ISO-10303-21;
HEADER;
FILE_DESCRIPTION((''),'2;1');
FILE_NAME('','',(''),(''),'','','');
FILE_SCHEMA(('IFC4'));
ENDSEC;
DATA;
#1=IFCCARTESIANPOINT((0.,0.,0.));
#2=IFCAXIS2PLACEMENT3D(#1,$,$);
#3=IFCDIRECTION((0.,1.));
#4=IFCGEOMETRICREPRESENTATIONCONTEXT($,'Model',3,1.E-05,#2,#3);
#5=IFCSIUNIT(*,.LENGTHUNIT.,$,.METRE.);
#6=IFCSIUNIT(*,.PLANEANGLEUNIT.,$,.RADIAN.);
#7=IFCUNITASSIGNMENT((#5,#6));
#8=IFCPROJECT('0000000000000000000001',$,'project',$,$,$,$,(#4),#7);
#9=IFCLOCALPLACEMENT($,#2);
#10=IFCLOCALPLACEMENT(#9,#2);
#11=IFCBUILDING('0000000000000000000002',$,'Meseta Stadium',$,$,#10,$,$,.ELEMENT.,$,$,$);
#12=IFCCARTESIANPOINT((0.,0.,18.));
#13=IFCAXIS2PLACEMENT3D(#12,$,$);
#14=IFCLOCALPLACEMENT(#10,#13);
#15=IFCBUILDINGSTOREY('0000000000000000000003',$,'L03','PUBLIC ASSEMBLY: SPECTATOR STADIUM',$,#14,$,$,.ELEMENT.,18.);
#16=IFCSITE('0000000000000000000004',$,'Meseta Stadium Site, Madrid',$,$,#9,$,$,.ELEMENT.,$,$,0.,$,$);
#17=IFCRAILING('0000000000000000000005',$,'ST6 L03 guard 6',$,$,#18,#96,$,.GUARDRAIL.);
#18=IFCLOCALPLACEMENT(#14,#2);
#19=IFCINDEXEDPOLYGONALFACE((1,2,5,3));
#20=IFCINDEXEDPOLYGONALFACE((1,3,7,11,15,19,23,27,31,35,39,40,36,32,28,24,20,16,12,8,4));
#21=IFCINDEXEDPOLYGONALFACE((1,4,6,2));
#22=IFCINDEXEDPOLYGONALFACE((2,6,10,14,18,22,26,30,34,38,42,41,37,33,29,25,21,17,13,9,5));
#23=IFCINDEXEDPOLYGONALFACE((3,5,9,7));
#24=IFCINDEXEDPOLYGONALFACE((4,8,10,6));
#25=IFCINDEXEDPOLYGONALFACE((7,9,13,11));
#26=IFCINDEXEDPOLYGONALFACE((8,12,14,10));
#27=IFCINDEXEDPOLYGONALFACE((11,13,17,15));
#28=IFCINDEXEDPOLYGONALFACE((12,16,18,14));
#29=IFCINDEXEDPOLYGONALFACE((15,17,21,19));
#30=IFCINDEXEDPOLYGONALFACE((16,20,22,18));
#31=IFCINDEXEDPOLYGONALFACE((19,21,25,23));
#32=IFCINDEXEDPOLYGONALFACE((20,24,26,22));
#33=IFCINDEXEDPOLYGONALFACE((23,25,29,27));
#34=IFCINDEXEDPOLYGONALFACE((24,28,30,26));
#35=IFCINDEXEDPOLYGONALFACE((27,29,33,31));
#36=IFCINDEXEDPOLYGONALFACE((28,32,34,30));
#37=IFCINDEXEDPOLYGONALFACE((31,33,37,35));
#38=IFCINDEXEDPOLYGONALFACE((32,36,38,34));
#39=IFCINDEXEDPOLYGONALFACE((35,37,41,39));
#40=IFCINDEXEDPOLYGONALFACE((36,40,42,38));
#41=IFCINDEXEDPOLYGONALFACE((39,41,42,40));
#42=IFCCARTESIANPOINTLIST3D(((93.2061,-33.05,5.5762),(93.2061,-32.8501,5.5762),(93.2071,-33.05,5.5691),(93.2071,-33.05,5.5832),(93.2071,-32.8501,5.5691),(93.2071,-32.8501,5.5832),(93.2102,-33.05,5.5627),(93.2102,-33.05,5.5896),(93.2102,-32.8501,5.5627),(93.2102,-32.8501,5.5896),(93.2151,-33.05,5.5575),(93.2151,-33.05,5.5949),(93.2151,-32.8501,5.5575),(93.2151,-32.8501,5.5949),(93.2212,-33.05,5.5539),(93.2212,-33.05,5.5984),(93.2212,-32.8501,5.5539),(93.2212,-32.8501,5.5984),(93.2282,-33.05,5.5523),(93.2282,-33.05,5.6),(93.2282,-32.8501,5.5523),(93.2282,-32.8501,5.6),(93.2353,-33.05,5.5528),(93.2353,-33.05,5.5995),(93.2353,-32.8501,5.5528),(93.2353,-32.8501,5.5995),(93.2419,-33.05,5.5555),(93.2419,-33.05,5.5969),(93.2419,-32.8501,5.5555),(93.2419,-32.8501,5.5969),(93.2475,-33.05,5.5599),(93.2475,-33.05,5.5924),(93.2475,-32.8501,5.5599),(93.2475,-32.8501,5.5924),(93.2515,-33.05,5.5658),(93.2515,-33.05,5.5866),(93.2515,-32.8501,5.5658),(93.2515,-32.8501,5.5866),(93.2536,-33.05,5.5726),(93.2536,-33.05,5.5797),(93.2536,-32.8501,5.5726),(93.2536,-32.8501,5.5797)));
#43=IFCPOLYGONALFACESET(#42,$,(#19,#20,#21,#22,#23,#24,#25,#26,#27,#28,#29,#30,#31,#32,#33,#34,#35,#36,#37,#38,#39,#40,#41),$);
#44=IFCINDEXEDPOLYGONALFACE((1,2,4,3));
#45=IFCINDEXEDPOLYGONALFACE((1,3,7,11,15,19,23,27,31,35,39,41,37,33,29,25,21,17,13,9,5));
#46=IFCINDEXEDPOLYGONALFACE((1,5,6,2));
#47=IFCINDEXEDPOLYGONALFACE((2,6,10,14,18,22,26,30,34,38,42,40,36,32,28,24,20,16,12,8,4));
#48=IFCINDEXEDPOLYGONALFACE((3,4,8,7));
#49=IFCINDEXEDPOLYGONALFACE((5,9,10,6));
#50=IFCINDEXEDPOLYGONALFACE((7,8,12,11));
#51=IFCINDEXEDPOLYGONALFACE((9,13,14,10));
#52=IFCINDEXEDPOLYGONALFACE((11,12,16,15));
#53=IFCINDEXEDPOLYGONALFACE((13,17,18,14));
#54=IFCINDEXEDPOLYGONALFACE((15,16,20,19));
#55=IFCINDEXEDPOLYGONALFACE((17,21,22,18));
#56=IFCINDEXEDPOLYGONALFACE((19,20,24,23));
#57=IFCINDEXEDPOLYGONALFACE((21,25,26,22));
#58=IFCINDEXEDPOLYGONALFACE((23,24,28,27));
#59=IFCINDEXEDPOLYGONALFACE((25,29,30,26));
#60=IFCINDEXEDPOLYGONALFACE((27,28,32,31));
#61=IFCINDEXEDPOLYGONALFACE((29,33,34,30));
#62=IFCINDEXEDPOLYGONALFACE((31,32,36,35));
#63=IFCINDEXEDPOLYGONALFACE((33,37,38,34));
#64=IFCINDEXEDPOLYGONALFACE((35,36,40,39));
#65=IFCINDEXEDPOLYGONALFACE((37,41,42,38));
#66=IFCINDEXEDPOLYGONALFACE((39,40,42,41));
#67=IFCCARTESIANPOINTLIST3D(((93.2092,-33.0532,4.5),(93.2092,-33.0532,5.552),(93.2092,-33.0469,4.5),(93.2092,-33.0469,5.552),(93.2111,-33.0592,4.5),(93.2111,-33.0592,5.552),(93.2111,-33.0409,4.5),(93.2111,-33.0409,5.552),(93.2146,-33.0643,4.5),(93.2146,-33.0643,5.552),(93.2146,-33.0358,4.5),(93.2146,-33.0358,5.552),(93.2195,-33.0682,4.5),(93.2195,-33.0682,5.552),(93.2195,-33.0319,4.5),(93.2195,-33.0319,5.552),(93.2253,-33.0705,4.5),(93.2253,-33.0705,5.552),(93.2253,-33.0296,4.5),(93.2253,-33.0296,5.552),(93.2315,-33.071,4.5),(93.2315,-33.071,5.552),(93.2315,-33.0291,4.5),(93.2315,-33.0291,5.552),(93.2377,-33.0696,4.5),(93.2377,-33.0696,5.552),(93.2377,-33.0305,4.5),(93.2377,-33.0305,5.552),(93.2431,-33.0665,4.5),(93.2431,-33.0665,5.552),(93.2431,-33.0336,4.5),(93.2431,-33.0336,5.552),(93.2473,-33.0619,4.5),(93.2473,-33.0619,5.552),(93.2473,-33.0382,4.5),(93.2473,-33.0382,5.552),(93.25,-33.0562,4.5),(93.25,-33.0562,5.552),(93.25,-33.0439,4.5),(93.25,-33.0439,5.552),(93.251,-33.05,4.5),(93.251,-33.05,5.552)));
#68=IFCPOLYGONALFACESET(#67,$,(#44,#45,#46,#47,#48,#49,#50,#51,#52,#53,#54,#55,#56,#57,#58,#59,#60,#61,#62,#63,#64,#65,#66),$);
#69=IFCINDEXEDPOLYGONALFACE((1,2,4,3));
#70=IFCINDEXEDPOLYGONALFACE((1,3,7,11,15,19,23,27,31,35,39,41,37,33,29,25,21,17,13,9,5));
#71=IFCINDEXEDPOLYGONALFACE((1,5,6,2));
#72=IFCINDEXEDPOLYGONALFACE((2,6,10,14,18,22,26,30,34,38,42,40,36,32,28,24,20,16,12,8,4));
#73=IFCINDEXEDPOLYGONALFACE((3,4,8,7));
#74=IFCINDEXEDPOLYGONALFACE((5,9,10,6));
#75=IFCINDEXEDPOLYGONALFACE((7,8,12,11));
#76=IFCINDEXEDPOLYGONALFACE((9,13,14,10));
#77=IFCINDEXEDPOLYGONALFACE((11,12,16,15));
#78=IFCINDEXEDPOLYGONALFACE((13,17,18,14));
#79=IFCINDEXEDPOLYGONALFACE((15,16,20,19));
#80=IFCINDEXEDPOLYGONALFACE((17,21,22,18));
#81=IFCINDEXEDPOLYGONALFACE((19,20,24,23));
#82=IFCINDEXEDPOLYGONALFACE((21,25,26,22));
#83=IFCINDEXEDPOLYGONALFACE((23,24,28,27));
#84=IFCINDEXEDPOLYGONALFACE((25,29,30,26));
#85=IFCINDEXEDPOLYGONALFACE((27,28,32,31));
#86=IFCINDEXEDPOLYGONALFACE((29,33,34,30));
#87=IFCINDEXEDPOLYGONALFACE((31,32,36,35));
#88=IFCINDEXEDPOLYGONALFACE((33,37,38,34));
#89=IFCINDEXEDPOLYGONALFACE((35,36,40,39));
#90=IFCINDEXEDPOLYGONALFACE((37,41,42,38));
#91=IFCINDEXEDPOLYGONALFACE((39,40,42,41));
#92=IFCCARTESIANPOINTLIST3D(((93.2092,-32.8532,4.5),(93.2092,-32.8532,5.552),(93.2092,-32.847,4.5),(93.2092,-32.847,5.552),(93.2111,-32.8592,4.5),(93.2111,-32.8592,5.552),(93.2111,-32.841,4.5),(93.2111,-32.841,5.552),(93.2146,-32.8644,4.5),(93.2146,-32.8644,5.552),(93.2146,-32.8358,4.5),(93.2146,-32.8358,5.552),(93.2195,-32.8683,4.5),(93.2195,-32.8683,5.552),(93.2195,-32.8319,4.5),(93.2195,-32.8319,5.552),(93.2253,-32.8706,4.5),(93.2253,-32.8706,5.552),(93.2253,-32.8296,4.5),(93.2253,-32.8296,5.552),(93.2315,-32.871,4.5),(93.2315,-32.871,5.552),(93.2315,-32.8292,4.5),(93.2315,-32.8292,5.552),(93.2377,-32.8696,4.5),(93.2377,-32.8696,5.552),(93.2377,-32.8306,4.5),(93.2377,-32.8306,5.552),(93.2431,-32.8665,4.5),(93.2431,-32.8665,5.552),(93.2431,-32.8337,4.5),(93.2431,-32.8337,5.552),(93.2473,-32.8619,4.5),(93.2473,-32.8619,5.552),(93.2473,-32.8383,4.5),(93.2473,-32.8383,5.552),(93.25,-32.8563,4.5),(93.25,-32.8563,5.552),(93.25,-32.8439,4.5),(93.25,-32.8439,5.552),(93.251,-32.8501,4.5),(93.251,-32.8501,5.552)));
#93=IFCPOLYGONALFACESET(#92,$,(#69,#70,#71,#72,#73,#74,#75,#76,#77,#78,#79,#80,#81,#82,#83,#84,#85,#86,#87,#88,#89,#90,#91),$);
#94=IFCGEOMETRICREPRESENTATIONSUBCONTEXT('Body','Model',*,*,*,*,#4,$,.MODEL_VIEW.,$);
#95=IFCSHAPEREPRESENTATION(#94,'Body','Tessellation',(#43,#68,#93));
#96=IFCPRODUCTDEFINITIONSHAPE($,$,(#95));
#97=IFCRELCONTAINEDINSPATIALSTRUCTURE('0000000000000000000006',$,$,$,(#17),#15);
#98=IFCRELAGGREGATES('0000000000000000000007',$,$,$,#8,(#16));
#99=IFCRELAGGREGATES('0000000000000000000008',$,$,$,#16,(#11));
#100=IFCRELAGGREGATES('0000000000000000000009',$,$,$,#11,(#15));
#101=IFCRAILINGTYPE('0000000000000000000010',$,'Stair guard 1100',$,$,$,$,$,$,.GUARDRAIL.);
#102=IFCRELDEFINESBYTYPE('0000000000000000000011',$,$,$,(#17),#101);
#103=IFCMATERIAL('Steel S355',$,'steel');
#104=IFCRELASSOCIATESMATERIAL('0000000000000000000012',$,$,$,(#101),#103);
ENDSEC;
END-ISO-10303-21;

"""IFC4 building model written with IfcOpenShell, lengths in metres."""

from ifc_helpers import new_model, si_unit, direction, frame, origin, origin_2d, place, context, subcontext, project, spatial, circle, extrude, material, type_object, element, save


model = new_model("IFC4")

# Units and contexts
model_context = context("Model", 3, precision=1e-05, world=origin(), true_north=direction((0.0, 1.0)))
body_context = subcontext(model_context, "Body", "Model", "MODEL_VIEW")
ifc_project = project(units=[si_unit("LENGTHUNIT", "METRE"), si_unit("PLANEANGLEUNIT", "RADIAN")], contexts=[model_context])

# Site, building, storey
site_placement = place(None, origin())
site = spatial("IfcSite", under=ifc_project, at=site_placement, Name="Meseta Stadium Site, Madrid", CompositionType="ELEMENT", RefElevation=0.0)
building_placement = place(site_placement, origin())
building = spatial("IfcBuilding", under=site, at=building_placement, Name="Meseta Stadium", CompositionType="ELEMENT")
storey_placement = place(building_placement, frame((0.0, 0.0, 18.0)))
storey = spatial("IfcBuildingStorey", under=building, at=storey_placement, Name="L03", Description="PUBLIC ASSEMBLY: SPECTATOR STADIUM", CompositionType="ELEMENT", Elevation=18.0)

# Railing
ifc_material_1 = material(Name="Steel S355", Category="steel")
railing_type_1 = type_object("IfcRailingType", Name="Stair guard 1100", PredefinedType="GUARDRAIL", material=ifc_material_1)
railing_1_placement = place(storey_placement, frame((93.23, -33.05, 4.5)))
element("IfcRailing", 1, at=railing_1_placement, inside=storey, type_object=railing_type_1, Name="ST6 L03 guard 6", PredefinedType="GUARDRAIL", context=body_context, shape_type="SweptSolid", body=[
    extrude(circle(Radius=0.0239, at=origin_2d()), frame((0.0, 0.0, 1.0762), z_axis=(0.0, 1.0, 0.0), x_axis=(-1.0, 0.0, 0.0)), (0.0, 0.0, 1.0), 0.2),
    extrude(circle(Radius=0.021, at=origin_2d()), origin(), (0.0, 0.0, 1.0), 1.052),
    extrude(circle(Radius=0.021, at=origin_2d()), frame((0.0, 0.2, 0.0)), (0.0, 0.0, 1.0), 1.052),
])

save(model, "model.ifc")
